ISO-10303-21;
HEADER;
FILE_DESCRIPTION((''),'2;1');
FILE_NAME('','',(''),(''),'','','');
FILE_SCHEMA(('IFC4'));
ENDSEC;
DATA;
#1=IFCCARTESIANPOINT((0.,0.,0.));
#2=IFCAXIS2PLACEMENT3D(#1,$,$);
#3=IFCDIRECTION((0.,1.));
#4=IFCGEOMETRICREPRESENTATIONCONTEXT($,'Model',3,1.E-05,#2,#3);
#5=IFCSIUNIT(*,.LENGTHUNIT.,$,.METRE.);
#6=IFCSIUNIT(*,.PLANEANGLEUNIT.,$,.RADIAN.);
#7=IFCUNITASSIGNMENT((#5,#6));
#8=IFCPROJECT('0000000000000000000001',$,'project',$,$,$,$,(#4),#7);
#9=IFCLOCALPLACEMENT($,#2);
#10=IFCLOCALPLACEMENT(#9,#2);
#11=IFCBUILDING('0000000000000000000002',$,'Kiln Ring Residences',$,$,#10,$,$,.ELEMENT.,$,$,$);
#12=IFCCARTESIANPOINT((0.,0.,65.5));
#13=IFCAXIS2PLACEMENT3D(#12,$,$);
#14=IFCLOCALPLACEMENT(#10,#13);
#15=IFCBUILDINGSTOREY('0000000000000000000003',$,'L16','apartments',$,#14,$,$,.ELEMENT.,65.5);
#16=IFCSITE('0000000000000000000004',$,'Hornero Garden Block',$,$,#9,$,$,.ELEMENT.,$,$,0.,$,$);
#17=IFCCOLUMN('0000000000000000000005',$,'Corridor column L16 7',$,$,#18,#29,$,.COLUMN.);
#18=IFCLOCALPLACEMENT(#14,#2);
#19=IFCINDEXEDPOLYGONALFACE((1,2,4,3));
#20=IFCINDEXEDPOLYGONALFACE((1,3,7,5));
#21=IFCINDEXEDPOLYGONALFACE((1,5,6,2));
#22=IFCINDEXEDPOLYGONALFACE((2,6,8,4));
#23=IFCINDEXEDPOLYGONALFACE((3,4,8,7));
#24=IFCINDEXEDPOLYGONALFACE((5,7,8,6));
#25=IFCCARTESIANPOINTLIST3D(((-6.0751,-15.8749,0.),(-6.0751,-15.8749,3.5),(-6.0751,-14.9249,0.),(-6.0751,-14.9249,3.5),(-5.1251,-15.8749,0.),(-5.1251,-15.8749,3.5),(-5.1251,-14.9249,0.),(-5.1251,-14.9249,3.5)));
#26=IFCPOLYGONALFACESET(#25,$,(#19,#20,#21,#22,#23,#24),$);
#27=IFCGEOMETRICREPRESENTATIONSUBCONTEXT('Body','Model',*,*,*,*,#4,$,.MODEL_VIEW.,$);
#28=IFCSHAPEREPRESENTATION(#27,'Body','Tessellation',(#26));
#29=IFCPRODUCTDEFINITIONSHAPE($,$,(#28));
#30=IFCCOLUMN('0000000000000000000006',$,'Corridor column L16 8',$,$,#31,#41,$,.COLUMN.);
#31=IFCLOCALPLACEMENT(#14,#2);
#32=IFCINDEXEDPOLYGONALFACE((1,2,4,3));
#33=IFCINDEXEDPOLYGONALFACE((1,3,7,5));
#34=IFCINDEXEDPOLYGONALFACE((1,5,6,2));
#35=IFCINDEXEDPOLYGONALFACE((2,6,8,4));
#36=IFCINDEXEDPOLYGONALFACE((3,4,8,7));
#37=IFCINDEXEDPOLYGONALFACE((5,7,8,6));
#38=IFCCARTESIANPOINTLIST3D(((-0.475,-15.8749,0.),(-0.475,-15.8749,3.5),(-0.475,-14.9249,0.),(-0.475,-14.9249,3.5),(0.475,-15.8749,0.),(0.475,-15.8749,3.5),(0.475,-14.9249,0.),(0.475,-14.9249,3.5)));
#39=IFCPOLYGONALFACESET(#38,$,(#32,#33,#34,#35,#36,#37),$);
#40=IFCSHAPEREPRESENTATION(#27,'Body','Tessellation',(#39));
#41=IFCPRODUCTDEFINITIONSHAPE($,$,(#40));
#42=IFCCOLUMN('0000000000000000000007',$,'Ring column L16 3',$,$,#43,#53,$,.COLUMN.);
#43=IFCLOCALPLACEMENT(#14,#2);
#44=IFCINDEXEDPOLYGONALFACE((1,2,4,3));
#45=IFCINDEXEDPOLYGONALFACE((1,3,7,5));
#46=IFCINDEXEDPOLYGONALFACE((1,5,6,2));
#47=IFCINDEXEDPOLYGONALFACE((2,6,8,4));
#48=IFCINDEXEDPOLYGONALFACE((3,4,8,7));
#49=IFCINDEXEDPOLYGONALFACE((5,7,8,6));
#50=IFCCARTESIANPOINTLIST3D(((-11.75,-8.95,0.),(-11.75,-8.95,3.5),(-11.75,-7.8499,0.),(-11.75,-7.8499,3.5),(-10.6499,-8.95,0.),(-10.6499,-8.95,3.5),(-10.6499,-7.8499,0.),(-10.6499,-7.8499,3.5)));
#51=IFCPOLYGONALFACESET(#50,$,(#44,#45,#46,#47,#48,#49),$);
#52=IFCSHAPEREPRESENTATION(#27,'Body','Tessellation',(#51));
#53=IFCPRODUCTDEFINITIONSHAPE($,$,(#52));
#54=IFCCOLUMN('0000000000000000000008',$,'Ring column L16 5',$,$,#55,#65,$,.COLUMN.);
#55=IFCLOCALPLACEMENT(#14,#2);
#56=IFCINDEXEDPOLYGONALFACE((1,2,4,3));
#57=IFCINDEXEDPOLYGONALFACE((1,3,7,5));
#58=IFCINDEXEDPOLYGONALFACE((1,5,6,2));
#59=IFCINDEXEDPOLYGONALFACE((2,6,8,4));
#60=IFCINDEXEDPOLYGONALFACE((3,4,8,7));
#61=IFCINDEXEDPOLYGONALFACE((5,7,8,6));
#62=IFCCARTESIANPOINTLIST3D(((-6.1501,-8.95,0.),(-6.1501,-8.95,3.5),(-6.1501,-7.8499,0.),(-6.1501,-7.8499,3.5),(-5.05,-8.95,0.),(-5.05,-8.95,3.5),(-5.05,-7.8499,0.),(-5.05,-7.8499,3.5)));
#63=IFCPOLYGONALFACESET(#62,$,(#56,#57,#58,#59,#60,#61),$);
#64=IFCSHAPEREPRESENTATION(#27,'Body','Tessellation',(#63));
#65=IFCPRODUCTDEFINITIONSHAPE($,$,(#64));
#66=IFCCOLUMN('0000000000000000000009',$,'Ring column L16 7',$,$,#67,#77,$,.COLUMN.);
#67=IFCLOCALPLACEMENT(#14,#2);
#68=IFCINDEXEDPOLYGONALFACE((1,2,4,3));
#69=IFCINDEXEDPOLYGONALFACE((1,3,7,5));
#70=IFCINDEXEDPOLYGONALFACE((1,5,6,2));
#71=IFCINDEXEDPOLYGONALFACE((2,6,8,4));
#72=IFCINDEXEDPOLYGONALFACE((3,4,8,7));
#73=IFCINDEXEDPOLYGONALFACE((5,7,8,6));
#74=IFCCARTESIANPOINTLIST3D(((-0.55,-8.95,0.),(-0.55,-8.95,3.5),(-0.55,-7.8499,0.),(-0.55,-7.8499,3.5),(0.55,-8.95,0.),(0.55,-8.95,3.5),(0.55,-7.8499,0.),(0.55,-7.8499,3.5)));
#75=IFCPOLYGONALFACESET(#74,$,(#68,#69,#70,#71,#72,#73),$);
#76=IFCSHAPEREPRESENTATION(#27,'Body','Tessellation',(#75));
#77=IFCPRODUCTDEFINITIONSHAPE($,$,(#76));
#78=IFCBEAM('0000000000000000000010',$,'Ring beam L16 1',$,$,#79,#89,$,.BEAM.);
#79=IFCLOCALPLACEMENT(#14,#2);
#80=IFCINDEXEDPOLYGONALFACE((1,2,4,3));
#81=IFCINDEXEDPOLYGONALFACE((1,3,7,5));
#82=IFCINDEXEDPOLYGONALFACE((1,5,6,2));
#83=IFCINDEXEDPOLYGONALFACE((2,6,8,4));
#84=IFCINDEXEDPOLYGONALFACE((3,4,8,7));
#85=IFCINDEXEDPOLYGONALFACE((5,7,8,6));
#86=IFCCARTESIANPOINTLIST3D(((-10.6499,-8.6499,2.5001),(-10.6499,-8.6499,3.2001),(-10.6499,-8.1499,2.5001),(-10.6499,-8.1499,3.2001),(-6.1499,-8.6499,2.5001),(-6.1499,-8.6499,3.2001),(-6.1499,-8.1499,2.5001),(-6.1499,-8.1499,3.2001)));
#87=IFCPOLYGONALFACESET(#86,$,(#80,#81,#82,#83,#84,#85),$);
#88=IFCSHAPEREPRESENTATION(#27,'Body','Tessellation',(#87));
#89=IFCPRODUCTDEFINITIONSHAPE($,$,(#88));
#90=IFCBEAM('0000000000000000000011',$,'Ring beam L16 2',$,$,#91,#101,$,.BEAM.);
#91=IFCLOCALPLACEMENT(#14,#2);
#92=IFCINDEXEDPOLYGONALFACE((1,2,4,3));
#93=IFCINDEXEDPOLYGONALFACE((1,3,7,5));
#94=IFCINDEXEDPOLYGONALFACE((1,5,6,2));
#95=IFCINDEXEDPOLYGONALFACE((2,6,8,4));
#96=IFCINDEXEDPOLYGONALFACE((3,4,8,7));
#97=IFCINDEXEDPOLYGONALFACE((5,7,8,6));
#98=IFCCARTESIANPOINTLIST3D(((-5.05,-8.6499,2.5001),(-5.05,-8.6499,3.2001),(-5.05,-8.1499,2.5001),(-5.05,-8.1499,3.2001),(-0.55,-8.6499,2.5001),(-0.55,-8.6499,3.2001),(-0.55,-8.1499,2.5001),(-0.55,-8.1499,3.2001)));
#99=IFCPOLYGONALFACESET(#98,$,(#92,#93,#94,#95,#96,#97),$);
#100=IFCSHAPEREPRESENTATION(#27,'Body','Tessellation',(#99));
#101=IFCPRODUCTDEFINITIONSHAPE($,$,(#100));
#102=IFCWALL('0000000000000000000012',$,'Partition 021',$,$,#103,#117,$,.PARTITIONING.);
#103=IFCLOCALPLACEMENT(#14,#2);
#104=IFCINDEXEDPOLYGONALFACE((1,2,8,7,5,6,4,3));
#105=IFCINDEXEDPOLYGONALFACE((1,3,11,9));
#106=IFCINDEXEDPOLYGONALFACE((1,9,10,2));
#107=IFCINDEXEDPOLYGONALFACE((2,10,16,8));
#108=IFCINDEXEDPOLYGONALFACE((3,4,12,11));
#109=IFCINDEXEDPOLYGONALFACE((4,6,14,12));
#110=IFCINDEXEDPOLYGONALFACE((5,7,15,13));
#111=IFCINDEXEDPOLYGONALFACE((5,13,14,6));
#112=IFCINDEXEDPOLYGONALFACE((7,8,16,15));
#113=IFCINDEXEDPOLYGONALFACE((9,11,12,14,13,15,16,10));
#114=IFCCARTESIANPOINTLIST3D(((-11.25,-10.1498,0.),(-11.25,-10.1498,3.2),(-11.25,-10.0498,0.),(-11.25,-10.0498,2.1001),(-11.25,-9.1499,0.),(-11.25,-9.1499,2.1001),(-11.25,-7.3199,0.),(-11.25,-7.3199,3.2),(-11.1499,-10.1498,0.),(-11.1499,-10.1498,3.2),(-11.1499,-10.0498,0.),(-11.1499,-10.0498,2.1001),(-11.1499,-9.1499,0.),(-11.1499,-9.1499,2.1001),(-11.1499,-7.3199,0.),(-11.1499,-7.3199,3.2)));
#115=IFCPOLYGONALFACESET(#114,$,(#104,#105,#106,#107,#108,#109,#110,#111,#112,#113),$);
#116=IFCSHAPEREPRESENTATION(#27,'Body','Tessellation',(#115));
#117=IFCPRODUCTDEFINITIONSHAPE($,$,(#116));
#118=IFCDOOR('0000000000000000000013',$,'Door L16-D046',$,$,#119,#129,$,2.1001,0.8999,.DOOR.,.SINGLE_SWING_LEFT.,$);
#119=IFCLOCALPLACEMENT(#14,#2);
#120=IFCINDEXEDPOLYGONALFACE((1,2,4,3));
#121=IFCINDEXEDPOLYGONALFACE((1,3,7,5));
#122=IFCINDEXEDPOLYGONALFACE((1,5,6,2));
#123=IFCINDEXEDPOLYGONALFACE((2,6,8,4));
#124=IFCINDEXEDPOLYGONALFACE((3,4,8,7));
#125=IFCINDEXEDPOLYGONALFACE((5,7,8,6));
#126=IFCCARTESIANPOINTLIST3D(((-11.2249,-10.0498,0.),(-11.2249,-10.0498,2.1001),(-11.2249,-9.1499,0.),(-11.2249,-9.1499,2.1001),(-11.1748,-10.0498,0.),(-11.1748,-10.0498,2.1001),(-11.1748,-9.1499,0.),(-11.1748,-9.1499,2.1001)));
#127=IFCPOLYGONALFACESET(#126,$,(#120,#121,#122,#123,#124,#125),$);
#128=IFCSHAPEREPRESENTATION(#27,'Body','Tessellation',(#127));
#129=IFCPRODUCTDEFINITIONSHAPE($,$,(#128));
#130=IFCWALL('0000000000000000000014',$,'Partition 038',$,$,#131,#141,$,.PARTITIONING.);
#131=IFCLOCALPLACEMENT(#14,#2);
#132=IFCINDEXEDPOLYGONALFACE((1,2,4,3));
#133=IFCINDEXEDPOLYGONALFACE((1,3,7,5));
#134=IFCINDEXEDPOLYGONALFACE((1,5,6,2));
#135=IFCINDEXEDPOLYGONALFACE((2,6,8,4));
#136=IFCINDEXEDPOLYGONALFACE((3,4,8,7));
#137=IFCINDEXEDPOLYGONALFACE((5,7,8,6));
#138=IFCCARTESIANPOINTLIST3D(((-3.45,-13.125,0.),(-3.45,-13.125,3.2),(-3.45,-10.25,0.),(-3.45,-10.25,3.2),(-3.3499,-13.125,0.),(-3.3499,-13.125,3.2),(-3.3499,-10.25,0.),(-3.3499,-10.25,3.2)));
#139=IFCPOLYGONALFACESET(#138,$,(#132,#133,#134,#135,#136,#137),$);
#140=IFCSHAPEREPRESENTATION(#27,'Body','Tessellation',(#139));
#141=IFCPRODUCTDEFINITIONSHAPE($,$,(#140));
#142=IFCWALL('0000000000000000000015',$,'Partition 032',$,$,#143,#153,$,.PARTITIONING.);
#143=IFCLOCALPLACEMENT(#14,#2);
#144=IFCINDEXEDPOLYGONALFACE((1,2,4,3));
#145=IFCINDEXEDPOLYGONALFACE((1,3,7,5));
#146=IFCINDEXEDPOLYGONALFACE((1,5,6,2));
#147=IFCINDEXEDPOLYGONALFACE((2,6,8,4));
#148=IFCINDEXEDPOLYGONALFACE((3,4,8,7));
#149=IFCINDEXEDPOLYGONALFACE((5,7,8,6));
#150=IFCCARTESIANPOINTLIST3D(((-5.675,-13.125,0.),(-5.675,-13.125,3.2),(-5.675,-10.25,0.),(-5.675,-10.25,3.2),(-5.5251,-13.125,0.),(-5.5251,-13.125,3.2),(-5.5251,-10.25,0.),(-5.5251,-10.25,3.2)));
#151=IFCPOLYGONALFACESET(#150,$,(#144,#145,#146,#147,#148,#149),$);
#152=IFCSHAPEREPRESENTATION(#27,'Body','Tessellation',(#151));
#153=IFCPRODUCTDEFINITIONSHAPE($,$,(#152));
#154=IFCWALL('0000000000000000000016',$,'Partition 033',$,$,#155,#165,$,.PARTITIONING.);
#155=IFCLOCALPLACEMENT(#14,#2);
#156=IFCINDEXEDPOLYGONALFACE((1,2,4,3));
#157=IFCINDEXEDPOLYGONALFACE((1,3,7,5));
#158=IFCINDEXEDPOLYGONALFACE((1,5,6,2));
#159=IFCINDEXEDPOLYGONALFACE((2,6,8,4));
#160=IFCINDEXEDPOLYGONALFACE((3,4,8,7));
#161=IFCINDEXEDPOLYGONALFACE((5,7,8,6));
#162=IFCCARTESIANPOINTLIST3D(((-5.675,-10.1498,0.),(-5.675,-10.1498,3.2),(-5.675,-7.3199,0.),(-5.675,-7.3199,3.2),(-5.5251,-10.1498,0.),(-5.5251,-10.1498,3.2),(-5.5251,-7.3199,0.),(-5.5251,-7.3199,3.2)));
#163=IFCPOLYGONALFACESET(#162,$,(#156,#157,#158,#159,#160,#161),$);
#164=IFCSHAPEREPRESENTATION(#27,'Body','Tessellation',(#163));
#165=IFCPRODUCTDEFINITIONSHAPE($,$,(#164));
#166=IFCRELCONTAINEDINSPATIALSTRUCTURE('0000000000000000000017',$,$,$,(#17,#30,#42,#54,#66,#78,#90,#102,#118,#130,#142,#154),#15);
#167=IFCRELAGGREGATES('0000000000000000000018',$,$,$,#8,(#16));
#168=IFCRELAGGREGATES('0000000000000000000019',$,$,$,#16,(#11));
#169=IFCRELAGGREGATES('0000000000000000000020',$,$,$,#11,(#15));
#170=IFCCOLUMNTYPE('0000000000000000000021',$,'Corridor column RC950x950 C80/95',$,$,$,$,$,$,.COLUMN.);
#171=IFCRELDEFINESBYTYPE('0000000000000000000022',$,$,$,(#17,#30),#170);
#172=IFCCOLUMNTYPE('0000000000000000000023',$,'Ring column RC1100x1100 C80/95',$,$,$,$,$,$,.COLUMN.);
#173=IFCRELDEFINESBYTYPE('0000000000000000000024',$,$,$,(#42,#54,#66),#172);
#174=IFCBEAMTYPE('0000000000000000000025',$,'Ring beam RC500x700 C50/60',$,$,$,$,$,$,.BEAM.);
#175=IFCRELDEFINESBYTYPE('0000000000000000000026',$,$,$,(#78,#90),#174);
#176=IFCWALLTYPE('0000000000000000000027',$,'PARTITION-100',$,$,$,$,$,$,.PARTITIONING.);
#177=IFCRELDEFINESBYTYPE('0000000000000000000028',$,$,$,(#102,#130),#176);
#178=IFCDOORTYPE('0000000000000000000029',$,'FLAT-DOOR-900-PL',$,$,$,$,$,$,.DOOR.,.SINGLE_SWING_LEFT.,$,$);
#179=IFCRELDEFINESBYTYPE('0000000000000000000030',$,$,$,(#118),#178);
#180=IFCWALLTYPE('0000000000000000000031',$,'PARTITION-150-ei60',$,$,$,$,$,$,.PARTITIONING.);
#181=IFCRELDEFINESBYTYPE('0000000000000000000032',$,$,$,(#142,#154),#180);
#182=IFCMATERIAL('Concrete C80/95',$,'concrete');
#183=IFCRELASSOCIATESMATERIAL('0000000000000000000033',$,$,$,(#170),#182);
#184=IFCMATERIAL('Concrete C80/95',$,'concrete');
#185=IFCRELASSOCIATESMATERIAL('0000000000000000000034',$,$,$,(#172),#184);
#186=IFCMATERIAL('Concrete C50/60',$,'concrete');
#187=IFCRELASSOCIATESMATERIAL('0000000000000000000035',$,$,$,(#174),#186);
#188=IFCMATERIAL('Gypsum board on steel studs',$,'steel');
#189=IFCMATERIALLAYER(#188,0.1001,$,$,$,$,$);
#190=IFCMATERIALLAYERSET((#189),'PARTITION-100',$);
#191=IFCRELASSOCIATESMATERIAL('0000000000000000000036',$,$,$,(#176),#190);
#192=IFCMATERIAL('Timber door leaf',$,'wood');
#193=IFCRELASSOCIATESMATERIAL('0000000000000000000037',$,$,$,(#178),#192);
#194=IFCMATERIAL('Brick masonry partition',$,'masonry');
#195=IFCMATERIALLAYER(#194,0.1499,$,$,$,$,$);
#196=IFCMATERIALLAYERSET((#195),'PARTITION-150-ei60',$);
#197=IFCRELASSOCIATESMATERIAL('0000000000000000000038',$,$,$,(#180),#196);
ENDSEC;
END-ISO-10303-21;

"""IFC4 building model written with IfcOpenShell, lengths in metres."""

from ifc_helpers import new_model, si_unit, direction, frame, frame_2d, origin, origin_2d, place, context, subcontext, project, spatial, rectangle, extrude, material, layer, layer_set, material_profile, profile_set, type_object, element, fill, save


model = new_model("IFC4")

# Units and contexts
model_context = context("Model", 3, precision=1e-05, world=origin(), true_north=direction((0.0, 1.0)))
body_context = subcontext(model_context, "Body", "Model", "MODEL_VIEW")
ifc_project = project(units=[si_unit("LENGTHUNIT", "METRE"), si_unit("PLANEANGLEUNIT", "RADIAN")], contexts=[model_context])

# Site, building, storey
site_placement = place(None, origin())
site = spatial("IfcSite", under=ifc_project, at=site_placement, Name="Hornero Garden Block", CompositionType="ELEMENT", RefElevation=0.0)
building_placement = place(site_placement, origin())
building = spatial("IfcBuilding", under=site, at=building_placement, Name="Kiln Ring Residences", CompositionType="ELEMENT")
storey_placement = place(building_placement, frame((0.0, 0.0, 65.5)))
storey = spatial("IfcBuildingStorey", under=building, at=storey_placement, Name="L16", Description="apartments", CompositionType="ELEMENT", Elevation=65.5)

# Columns
ifc_material_1 = material(Name="Concrete C80/95", Category="concrete")
ifc_material_profile_1 = material_profile(ifc_material_1, rectangle(XDim=0.95, YDim=0.95, at=origin_2d()), Name="RC950x950")
ifc_profile_set_1 = profile_set([ifc_material_profile_1], Name="Concrete C80/95")
column_type_1 = type_object("IfcColumnType", Name="Corridor column RC950x950 C80/95", PredefinedType="COLUMN", material=ifc_profile_set_1)
for number, where, z_axis, x_axis, name in (
    (1, (-5.6001, -15.3999, 0.0), (0.0, 0.0, 1.0), (1.0, 0.0, 0.0), "Corridor column L16 7"),
    (2, (0.0, -15.3999, 0.0), (0.0, 0.0, 1.0), (1.0, 0.0, 0.0), "Corridor column L16 8"),
):
    element("IfcColumn", number, at=place(storey_placement, frame(where, z_axis=z_axis, x_axis=x_axis)), inside=storey, type_object=column_type_1, Name=name, PredefinedType="COLUMN", context=body_context, shape_type="SweptSolid", body=[
        extrude(rectangle(XDim=0.95, YDim=0.95, at=origin_2d()), origin(), (0.0, 0.0, 1.0), 3.5),
    ])
ifc_material_2 = material(Name="Concrete C80/95", Category="concrete")
ifc_material_profile_2 = material_profile(ifc_material_2, rectangle(XDim=1.1001, YDim=1.1001, at=origin_2d()), Name="RC1100x1100")
ifc_profile_set_2 = profile_set([ifc_material_profile_2], Name="Concrete C80/95")
column_type_2 = type_object("IfcColumnType", Name="Ring column RC1100x1100 C80/95", PredefinedType="COLUMN", material=ifc_profile_set_2)
for number, where, z_axis, x_axis, name in (
    (3, (-11.2, -8.3999, 0.0), (0.0, 0.0, 1.0), (1.0, 0.0, 0.0), "Ring column L16 3"),
    (4, (-5.6001, -8.3999, 0.0), (0.0, 0.0, 1.0), (1.0, 0.0, 0.0), "Ring column L16 5"),
    (5, (0.0, -8.3999, 0.0), (0.0, 0.0, 1.0), (1.0, 0.0, 0.0), "Ring column L16 7"),
):
    element("IfcColumn", number, at=place(storey_placement, frame(where, z_axis=z_axis, x_axis=x_axis)), inside=storey, type_object=column_type_2, Name=name, PredefinedType="COLUMN", context=body_context, shape_type="SweptSolid", body=[
        extrude(rectangle(XDim=1.1001, YDim=1.1001, at=origin_2d()), origin(), (0.0, 0.0, 1.0), 3.5),
    ])

# Beams
ifc_material_3 = material(Name="Concrete C50/60", Category="concrete")
ifc_material_profile_3 = material_profile(ifc_material_3, rectangle(XDim=0.5, YDim=0.7, at=origin_2d()), Name="RC500x700")
ifc_profile_set_3 = profile_set([ifc_material_profile_3], Name="Concrete C50/60")
beam_type = type_object("IfcBeamType", Name="Ring beam RC500x700 C50/60", PredefinedType="BEAM", material=ifc_profile_set_3)
for number, where, z_axis, x_axis, name in (
    (6, (-10.6499, -8.3999, 2.8501), (1.0, 0.0, 0.0), (0.0, 1.0, 0.0), "Ring beam L16 1"),
    (7, (-5.05, -8.3999, 2.8501), (1.0, 0.0, 0.0), (0.0, 1.0, 0.0), "Ring beam L16 2"),
):
    element("IfcBeam", number, at=place(storey_placement, frame(where, z_axis=z_axis, x_axis=x_axis)), inside=storey, type_object=beam_type, Name=name, PredefinedType="BEAM", context=body_context, shape_type="SweptSolid", body=[
        extrude(rectangle(XDim=0.5, YDim=0.7, at=origin_2d()), origin(), (0.0, 0.0, 1.0), 4.5),
    ])

# Wall, opening, door
ifc_material_4 = material(Name="Gypsum board on steel studs", Category="steel")
ifc_layer_1 = layer(ifc_material_4, 0.1001)
ifc_layer_set_1 = layer_set([ifc_layer_1], Name="PARTITION-100")
wall_type_1 = type_object("IfcWallType", Name="PARTITION-100", PredefinedType="PARTITIONING", material=ifc_layer_set_1)
wall_1_placement = place(storey_placement, frame((-11.2, -10.1499, 0.0), z_axis=(0.0, 0.0, 1.0), x_axis=(0.0, 1.0, 0.0)))
wall_1 = element("IfcWall", 8, at=wall_1_placement, inside=storey, type_object=wall_type_1, Name="Partition 021", PredefinedType="PARTITIONING", context=body_context, shape_type="SweptSolid", body=[
    extrude(rectangle(XDim=2.8298, YDim=0.1001, at=frame_2d((1.415, 0.0))), origin(), (0.0, 0.0, 1.0), 3.2),
])
opening_placement = place(wall_1_placement, frame((0.1001, 0.0, 0.0)))
opening = element("IfcOpeningElement", 9, at=opening_placement, cuts=wall_1, PredefinedType="OPENING", context=body_context, shape_type="SweptSolid", body=[
    extrude(rectangle(XDim=0.8999, YDim=2.1001, at=frame_2d((0.45, 1.05))), frame((0.0, 0.0601, 0.0), z_axis=(0.0, -1.0, 0.0), x_axis=(1.0, 0.0, 0.0)), (0.0, 0.0, 1.0), 0.1201),
])
ifc_material_5 = material(Name="Timber door leaf", Category="wood")
door_type = type_object("IfcDoorType", Name="FLAT-DOOR-900-PL", OperationType="SINGLE_SWING_LEFT", PredefinedType="DOOR", material=ifc_material_5)
door_placement = place(opening_placement, origin())
door = element("IfcDoor", 10, at=door_placement, inside=storey, type_object=door_type, Name="Door L16-D046", OperationType="SINGLE_SWING_LEFT", OverallHeight=2.1001, OverallWidth=0.8999, PredefinedType="DOOR", context=body_context, shape_type="SweptSolid", body=[
    extrude(rectangle(XDim=0.8999, YDim=2.1001, at=frame_2d((0.45, 1.05))), frame((0.0, 0.0249, 0.0), z_axis=(0.0, -1.0, 0.0), x_axis=(1.0, 0.0, 0.0)), (0.0, 0.0, 1.0), 0.05),
])
fill(opening, door)

# Walls
wall_2_placement = place(storey_placement, frame((-3.3999, -13.125, 0.0), z_axis=(0.0, 0.0, 1.0), x_axis=(0.0, 1.0, 0.0)))
element("IfcWall", 11, at=wall_2_placement, inside=storey, type_object=wall_type_1, Name="Partition 038", PredefinedType="PARTITIONING", context=body_context, shape_type="SweptSolid", body=[
    extrude(rectangle(XDim=2.875, YDim=0.1001, at=frame_2d((1.4375, 0.0))), origin(), (0.0, 0.0, 1.0), 3.2),
])
ifc_material_6 = material(Name="Brick masonry partition", Category="masonry")
ifc_layer_2 = layer(ifc_material_6, 0.1499)
ifc_layer_set_2 = layer_set([ifc_layer_2], Name="PARTITION-150-ei60")
wall_type_2 = type_object("IfcWallType", Name="PARTITION-150-ei60", PredefinedType="PARTITIONING", material=ifc_layer_set_2)
wall_3_placement = place(storey_placement, frame((-5.6001, -13.125, 0.0), z_axis=(0.0, 0.0, 1.0), x_axis=(0.0, 1.0, 0.0)))
element("IfcWall", 12, at=wall_3_placement, inside=storey, type_object=wall_type_2, Name="Partition 032", PredefinedType="PARTITIONING", context=body_context, shape_type="SweptSolid", body=[
    extrude(rectangle(XDim=2.875, YDim=0.1499, at=frame_2d((1.4375, 0.0))), origin(), (0.0, 0.0, 1.0), 3.2),
])
wall_4_placement = place(storey_placement, frame((-5.6001, -10.1499, 0.0), z_axis=(0.0, 0.0, 1.0), x_axis=(0.0, 1.0, 0.0)))
element("IfcWall", 13, at=wall_4_placement, inside=storey, type_object=wall_type_2, Name="Partition 033", PredefinedType="PARTITIONING", context=body_context, shape_type="SweptSolid", body=[
    extrude(rectangle(XDim=2.8298, YDim=0.1499, at=frame_2d((1.415, 0.0))), origin(), (0.0, 0.0, 1.0), 3.2),
])

save(model, "model.ifc")
